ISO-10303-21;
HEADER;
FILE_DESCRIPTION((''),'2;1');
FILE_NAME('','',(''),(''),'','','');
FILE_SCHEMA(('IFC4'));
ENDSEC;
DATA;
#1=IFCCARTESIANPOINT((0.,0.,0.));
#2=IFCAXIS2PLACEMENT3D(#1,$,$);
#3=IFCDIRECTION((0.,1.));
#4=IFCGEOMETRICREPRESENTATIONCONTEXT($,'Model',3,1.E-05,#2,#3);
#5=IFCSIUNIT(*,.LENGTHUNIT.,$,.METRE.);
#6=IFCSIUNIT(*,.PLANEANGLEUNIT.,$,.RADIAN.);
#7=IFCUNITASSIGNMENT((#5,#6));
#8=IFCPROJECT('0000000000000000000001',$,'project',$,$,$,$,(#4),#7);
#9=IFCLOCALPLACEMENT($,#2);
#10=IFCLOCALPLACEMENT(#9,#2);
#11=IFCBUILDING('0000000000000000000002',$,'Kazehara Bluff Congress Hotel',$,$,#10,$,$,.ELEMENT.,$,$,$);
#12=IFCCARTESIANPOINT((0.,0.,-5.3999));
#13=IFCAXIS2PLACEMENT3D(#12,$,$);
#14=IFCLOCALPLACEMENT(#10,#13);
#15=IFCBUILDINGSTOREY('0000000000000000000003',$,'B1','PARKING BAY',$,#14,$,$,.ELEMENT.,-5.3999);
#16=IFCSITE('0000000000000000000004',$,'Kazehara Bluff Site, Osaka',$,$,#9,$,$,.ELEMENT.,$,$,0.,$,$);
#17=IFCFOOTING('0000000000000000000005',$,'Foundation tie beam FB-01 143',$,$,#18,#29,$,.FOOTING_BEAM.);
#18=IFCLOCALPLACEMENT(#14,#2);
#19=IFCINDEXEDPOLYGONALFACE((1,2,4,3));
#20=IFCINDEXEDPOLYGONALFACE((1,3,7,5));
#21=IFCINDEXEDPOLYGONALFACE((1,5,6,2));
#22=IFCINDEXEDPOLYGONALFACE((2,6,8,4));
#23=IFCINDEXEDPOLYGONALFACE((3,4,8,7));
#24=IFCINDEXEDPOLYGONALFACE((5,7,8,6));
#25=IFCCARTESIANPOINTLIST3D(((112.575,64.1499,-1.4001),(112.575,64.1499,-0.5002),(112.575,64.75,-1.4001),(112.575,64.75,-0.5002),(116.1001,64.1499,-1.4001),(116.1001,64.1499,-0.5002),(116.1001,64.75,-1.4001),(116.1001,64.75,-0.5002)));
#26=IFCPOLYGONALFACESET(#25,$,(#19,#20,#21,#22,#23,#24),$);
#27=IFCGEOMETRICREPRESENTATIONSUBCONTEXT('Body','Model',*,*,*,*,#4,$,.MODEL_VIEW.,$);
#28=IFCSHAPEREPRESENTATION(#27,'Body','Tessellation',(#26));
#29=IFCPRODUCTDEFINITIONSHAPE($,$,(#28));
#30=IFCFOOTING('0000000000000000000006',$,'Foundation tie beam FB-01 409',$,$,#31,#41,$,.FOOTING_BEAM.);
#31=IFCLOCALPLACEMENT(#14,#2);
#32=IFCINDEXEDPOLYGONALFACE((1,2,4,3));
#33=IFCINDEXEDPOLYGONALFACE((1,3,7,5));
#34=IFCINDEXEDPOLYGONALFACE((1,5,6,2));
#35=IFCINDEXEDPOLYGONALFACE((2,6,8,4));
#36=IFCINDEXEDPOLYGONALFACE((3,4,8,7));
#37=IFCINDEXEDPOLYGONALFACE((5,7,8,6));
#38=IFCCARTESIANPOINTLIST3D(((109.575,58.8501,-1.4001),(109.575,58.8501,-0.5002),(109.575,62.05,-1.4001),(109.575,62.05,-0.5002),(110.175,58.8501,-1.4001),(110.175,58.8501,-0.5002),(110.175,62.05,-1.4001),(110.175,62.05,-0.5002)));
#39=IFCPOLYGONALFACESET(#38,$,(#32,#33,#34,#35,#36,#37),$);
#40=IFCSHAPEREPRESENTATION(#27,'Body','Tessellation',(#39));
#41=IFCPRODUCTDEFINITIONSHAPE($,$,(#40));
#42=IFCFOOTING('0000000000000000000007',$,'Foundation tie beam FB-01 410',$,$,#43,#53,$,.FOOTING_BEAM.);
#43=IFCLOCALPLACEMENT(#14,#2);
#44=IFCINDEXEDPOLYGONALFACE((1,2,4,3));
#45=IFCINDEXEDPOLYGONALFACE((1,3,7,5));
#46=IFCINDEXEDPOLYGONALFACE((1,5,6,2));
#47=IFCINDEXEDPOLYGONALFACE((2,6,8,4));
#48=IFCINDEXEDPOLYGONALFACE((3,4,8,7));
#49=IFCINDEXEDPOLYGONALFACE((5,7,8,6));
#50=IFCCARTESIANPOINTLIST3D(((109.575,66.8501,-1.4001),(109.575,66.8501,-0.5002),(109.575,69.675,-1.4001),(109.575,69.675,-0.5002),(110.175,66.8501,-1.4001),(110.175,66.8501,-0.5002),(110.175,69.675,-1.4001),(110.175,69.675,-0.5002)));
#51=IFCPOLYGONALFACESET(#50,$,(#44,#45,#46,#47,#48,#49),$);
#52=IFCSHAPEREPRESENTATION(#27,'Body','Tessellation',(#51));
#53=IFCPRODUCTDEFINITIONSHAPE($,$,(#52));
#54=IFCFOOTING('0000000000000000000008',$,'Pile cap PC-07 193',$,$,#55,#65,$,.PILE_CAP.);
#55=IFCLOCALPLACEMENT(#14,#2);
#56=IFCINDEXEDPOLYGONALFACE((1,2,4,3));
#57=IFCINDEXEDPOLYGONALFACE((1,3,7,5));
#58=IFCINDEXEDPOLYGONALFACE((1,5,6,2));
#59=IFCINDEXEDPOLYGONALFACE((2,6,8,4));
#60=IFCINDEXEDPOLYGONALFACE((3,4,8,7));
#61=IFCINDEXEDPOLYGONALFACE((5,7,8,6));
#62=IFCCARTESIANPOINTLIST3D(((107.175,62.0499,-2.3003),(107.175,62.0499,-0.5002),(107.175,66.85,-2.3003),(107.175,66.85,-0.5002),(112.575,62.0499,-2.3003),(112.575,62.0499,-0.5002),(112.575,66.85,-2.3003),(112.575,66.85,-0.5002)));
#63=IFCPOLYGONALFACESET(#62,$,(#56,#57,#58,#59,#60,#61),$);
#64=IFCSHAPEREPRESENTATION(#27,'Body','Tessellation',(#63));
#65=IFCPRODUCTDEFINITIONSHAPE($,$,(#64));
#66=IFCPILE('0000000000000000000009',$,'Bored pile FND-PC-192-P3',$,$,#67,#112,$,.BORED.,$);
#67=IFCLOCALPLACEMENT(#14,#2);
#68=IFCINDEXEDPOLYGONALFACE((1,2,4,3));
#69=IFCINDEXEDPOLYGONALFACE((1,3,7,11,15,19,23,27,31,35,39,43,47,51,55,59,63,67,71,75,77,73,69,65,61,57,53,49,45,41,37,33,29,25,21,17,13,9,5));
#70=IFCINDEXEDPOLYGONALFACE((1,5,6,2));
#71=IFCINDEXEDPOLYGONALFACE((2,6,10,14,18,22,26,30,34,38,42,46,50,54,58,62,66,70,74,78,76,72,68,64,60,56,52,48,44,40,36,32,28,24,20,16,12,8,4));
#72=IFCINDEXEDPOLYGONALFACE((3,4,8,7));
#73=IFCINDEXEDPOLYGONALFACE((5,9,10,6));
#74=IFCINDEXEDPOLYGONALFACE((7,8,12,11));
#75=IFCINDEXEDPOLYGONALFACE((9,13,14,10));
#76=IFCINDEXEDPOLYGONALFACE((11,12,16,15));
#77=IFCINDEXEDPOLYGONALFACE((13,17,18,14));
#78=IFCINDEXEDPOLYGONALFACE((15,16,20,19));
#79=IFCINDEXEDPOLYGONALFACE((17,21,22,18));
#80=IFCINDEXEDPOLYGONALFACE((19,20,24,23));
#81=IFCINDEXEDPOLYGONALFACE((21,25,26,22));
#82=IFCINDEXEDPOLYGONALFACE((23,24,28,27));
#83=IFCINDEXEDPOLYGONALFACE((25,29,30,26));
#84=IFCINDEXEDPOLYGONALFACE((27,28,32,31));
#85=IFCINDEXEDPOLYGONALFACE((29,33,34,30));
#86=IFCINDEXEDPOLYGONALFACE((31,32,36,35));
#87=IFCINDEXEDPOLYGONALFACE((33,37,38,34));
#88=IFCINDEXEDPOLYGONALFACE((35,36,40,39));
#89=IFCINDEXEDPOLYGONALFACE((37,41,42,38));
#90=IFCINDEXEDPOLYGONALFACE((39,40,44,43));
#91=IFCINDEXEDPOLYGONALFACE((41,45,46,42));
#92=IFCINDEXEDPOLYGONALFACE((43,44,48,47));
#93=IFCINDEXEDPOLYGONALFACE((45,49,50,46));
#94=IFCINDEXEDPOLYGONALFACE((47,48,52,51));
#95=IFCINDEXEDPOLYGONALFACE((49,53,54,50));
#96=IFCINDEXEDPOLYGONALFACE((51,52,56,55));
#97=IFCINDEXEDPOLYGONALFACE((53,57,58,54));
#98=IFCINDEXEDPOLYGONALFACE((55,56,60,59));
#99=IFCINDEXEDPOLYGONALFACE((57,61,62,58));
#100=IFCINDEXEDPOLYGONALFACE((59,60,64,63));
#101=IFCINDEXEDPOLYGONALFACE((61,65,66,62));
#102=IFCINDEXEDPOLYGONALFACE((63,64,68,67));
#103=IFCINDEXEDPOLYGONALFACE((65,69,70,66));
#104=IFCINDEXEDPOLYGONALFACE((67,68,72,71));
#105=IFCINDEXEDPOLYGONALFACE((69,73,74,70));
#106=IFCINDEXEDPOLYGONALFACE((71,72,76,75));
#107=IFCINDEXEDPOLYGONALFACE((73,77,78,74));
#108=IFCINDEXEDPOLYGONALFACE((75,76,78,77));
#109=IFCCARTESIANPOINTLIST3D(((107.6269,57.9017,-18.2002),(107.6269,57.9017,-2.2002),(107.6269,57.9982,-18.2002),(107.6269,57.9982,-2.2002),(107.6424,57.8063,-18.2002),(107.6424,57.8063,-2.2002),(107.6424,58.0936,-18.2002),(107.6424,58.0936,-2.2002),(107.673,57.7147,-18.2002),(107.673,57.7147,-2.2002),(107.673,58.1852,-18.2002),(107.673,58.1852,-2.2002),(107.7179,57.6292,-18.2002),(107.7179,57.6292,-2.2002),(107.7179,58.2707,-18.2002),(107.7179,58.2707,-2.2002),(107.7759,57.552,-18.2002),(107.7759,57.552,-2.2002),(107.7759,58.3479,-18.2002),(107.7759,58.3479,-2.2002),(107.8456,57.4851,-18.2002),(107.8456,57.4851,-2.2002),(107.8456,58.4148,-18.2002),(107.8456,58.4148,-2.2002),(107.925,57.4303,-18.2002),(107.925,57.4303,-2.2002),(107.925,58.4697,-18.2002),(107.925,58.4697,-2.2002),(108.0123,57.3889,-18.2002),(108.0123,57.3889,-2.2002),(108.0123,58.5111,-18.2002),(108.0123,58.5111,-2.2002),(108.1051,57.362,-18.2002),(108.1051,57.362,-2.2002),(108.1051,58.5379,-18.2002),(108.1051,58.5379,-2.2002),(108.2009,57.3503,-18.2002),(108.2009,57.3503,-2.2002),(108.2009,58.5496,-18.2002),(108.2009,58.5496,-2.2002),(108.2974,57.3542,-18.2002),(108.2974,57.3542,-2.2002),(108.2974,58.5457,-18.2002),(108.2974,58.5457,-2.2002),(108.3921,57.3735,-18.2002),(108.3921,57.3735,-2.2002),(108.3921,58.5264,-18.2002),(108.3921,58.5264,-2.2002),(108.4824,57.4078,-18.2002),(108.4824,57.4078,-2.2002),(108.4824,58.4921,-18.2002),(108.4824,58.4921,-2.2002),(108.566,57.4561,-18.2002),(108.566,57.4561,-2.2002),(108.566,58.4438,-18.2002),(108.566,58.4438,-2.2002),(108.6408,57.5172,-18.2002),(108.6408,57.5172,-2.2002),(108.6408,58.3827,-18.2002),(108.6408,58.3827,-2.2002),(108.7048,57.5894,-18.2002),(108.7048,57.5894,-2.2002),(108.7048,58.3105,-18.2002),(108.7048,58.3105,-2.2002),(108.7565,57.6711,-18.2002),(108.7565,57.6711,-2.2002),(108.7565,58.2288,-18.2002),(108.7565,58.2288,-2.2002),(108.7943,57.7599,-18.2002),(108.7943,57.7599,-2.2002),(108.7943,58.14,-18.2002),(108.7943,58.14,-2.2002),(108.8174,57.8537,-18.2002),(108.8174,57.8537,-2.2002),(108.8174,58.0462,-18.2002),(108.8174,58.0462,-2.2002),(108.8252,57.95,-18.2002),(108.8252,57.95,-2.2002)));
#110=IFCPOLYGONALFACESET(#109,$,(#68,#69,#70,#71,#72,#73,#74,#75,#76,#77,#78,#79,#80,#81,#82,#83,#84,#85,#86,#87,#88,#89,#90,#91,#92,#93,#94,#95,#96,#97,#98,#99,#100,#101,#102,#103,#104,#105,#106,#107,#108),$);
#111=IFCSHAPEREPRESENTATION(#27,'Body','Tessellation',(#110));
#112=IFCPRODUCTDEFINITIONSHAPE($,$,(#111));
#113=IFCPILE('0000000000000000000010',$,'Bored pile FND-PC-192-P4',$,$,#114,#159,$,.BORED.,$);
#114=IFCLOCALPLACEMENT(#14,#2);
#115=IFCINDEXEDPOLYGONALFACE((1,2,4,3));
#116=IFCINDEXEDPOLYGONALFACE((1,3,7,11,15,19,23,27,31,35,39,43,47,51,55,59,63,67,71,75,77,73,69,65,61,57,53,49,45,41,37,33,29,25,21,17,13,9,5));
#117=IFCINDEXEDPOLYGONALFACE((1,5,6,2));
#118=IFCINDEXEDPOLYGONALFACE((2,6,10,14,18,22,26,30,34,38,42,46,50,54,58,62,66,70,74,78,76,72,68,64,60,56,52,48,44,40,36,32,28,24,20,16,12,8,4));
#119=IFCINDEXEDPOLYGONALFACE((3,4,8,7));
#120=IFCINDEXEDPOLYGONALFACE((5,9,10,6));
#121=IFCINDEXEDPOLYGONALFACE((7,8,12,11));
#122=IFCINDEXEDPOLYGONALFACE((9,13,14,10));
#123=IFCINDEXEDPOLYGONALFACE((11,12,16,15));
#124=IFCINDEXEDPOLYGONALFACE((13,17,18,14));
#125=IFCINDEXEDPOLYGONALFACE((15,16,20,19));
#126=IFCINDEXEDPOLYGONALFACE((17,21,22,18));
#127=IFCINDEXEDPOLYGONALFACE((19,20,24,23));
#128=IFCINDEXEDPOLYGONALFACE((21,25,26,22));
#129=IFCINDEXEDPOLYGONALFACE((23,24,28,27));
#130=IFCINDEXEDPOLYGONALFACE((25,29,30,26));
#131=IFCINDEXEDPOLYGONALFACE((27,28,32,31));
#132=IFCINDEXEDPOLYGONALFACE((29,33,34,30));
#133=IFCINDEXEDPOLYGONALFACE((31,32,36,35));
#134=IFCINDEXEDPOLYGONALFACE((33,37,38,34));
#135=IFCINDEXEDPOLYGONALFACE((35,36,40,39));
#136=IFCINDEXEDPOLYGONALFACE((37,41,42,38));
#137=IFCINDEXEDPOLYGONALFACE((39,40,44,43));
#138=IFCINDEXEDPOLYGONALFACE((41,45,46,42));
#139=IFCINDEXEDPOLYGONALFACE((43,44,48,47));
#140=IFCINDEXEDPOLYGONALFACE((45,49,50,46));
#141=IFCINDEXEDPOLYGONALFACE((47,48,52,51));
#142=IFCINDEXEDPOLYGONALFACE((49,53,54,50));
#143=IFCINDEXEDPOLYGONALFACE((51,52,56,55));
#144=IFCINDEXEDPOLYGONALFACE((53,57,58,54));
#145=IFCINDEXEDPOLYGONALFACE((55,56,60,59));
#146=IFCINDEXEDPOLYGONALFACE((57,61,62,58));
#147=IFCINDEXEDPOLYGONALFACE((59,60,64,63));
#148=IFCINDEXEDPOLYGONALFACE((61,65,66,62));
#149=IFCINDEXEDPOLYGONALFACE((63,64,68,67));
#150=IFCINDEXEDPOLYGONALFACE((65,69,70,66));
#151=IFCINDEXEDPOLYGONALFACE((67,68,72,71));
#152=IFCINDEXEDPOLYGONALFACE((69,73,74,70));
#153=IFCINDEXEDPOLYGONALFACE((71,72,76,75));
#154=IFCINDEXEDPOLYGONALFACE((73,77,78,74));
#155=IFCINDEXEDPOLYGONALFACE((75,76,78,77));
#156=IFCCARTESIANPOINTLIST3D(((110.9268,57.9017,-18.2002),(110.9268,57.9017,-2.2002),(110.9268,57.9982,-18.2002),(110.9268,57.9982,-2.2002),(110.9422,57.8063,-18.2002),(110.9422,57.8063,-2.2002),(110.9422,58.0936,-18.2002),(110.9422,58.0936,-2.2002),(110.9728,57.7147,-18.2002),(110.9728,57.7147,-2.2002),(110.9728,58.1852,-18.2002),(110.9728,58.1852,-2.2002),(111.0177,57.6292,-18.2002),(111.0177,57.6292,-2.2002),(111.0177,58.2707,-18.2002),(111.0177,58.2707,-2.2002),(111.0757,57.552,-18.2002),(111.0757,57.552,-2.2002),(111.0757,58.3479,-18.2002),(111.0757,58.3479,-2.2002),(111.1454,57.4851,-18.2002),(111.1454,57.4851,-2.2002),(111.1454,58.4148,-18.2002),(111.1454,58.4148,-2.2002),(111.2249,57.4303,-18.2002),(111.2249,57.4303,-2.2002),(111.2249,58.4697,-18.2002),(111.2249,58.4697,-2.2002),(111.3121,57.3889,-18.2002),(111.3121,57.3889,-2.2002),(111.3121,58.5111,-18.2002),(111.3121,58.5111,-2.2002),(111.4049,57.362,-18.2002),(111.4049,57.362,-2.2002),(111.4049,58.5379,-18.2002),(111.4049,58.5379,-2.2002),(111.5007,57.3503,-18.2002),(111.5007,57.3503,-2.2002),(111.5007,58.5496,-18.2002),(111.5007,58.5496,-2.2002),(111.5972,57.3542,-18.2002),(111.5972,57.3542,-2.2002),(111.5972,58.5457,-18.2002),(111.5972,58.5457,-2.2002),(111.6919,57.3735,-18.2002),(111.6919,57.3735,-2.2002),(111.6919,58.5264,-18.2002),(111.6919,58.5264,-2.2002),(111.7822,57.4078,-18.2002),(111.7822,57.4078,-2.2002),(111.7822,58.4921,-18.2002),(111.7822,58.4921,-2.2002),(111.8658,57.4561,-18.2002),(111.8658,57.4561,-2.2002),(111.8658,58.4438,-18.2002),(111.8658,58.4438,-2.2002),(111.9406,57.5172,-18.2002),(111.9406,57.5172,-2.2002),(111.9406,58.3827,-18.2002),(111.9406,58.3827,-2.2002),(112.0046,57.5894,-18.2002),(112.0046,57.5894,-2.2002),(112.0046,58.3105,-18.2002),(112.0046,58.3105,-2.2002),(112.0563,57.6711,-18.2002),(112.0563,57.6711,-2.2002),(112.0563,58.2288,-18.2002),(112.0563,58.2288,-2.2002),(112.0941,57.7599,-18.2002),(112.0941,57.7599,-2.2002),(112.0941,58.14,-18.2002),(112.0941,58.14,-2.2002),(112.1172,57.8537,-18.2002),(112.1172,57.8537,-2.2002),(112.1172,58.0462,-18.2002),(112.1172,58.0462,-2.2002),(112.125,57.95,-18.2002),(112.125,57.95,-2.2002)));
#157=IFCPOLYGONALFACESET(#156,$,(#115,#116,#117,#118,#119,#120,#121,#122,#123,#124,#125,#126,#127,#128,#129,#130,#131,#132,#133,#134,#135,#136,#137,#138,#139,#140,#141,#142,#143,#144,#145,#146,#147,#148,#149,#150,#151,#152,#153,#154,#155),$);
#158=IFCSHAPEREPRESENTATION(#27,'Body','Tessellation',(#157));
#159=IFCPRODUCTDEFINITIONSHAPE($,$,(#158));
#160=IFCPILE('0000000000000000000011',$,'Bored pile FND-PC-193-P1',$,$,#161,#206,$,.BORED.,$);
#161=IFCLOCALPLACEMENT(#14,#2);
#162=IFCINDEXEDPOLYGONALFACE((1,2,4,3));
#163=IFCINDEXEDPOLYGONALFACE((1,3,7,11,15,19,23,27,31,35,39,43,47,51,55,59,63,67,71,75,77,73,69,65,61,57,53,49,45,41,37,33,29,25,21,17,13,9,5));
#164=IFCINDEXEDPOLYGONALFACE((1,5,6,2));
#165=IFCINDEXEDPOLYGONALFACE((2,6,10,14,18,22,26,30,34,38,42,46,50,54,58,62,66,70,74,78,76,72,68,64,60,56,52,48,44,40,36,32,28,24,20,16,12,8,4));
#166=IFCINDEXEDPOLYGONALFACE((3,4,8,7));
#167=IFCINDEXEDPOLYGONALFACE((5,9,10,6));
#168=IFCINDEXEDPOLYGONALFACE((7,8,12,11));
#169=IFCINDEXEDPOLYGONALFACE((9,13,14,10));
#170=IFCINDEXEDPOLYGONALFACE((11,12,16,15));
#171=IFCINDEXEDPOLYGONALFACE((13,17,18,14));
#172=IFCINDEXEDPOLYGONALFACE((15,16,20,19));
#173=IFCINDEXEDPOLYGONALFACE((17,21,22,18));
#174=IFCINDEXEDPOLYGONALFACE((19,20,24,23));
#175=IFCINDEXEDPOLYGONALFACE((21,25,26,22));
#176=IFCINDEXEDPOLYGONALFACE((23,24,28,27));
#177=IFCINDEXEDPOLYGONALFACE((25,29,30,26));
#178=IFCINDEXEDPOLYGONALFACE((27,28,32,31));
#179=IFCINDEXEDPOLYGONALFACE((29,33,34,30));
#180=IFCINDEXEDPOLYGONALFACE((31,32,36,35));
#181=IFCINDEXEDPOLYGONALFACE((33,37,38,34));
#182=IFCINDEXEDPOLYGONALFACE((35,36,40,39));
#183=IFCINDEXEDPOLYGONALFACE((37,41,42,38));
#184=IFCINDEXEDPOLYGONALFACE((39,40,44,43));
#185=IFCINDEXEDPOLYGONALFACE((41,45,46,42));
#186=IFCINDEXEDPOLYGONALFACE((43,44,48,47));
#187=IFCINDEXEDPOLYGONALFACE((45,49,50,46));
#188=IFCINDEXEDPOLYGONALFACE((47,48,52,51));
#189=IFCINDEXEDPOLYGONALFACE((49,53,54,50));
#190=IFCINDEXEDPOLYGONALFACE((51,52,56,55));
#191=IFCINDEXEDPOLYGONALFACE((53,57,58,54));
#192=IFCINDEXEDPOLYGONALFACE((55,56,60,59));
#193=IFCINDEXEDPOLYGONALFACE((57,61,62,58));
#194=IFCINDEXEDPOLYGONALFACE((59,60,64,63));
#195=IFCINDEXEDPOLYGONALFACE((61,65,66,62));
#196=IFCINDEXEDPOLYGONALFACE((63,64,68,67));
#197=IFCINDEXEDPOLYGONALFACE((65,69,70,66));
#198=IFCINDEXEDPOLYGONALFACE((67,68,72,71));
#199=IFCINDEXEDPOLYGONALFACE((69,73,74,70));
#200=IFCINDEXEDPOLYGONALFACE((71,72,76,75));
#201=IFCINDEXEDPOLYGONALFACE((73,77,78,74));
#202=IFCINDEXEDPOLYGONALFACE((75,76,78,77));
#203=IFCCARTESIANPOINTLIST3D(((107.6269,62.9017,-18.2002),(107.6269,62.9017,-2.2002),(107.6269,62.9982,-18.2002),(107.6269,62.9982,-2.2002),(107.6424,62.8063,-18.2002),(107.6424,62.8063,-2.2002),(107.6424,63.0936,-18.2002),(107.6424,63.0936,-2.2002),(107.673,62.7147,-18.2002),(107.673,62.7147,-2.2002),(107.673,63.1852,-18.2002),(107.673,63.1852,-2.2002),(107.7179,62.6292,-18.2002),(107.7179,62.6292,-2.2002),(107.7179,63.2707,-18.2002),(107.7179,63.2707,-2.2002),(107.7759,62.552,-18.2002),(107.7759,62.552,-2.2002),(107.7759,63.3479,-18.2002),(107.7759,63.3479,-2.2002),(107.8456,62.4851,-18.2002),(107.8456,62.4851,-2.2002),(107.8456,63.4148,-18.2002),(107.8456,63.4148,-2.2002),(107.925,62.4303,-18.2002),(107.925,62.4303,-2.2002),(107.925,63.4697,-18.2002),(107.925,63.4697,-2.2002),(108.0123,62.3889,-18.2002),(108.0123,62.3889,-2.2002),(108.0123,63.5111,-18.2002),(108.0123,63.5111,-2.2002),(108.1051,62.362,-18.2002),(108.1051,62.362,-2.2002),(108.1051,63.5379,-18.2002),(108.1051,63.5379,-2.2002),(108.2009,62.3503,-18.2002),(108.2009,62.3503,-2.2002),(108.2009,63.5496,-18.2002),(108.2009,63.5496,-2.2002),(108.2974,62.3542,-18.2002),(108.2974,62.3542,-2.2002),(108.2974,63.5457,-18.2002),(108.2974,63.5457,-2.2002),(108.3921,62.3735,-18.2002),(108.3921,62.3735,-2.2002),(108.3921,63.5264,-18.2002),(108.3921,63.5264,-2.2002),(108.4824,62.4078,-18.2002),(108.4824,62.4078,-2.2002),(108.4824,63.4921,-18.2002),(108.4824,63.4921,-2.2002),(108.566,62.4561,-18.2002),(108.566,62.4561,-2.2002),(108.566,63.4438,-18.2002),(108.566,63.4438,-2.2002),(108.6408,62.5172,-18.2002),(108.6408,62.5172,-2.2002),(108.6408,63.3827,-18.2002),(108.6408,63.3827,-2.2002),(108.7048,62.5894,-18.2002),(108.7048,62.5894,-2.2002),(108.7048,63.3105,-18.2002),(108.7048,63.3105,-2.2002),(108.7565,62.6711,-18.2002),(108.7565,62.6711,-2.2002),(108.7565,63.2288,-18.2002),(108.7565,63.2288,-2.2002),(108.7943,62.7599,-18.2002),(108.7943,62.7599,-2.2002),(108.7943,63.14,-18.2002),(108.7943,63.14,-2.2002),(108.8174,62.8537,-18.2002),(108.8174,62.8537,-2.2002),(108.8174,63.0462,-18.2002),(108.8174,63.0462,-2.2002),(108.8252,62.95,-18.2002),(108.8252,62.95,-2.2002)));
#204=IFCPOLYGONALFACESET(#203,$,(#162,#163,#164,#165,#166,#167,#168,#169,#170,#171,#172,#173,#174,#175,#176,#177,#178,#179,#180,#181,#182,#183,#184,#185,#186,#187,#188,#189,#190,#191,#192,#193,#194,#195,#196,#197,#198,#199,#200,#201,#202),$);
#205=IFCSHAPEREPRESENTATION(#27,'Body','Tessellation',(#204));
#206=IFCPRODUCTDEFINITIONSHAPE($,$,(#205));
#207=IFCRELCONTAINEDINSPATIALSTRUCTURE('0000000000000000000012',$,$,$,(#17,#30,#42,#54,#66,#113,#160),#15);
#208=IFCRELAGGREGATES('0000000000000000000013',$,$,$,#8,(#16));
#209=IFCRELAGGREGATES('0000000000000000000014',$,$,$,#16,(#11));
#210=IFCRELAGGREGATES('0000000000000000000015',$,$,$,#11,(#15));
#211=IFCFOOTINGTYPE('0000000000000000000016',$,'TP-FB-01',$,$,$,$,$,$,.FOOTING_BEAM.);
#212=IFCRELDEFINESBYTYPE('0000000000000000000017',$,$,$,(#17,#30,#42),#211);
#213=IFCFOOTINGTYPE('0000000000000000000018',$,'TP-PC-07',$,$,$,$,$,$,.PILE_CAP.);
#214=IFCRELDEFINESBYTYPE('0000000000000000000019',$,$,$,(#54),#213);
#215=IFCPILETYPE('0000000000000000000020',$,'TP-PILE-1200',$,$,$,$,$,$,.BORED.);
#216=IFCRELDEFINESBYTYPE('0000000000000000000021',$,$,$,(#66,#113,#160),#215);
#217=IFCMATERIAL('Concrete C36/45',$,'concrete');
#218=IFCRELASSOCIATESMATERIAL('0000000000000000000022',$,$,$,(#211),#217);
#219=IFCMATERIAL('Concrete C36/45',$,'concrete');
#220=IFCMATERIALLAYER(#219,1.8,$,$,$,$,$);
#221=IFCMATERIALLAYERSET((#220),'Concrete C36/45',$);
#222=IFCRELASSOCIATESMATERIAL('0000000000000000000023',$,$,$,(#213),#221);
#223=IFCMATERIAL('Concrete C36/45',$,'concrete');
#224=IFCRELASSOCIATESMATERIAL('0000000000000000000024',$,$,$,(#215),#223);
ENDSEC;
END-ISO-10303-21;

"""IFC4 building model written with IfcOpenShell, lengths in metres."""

from ifc_helpers import new_model, si_unit, direction, frame, origin, origin_2d, place, context, subcontext, project, spatial, rectangle, circle, extrude, material, layer, layer_set, material_profile, profile_set, type_object, element, save


model = new_model("IFC4")

# Units and contexts
model_context = context("Model", 3, precision=1e-05, world=origin(), true_north=direction((0.0, 1.0)))
body_context = subcontext(model_context, "Body", "Model", "MODEL_VIEW")
ifc_project = project(units=[si_unit("LENGTHUNIT", "METRE"), si_unit("PLANEANGLEUNIT", "RADIAN")], contexts=[model_context])

# Site, building, storey
site_placement = place(None, origin())
site = spatial("IfcSite", under=ifc_project, at=site_placement, Name="Kazehara Bluff Site, Osaka", CompositionType="ELEMENT", RefElevation=0.0)
building_placement = place(site_placement, origin())
building = spatial("IfcBuilding", under=site, at=building_placement, Name="Kazehara Bluff Congress Hotel", CompositionType="ELEMENT")
storey_placement = place(building_placement, frame((0.0, 0.0, -5.3999)))
storey = spatial("IfcBuildingStorey", under=building, at=storey_placement, Name="B1", Description="PARKING BAY", CompositionType="ELEMENT", Elevation=-5.3999)

# Footings
ifc_material_1 = material(Name="Concrete C36/45", Category="concrete")
ifc_material_profile_1 = material_profile(ifc_material_1, rectangle(XDim=0.6001, YDim=0.8999, at=origin_2d()))
ifc_profile_set_1 = profile_set([ifc_material_profile_1], Name="Concrete C36/45")
footing_type_1 = type_object("IfcFootingType", Name="TP-FB-01", PredefinedType="FOOTING_BEAM", material=ifc_profile_set_1)
footing_1_placement = place(storey_placement, frame((112.575, 64.45, -0.9502), z_axis=(1.0, 0.0, 0.0), x_axis=(0.0, 1.0, 0.0)))
element("IfcFooting", 1, at=footing_1_placement, inside=storey, type_object=footing_type_1, Name="Foundation tie beam FB-01 143", PredefinedType="FOOTING_BEAM", context=body_context, shape_type="SweptSolid", body=[
    extrude(rectangle(XDim=0.6001, YDim=0.8999, at=origin_2d()), origin(), (0.0, 0.0, 1.0), 3.5251),
])
footing_2_placement = place(storey_placement, frame((109.875, 58.8501, -0.9502), z_axis=(0.0, 1.0, 0.0), x_axis=(-1.0, 0.0, 0.0)))
element("IfcFooting", 2, at=footing_2_placement, inside=storey, type_object=footing_type_1, Name="Foundation tie beam FB-01 409", PredefinedType="FOOTING_BEAM", context=body_context, shape_type="SweptSolid", body=[
    extrude(rectangle(XDim=0.6001, YDim=0.8999, at=origin_2d()), origin(), (0.0, 0.0, 1.0), 3.2),
])
footing_3_placement = place(storey_placement, frame((109.875, 66.8501, -0.9502), z_axis=(0.0, 1.0, 0.0), x_axis=(-1.0, 0.0, 0.0)))
element("IfcFooting", 3, at=footing_3_placement, inside=storey, type_object=footing_type_1, Name="Foundation tie beam FB-01 410", PredefinedType="FOOTING_BEAM", context=body_context, shape_type="SweptSolid", body=[
    extrude(rectangle(XDim=0.6001, YDim=0.8999, at=origin_2d()), origin(), (0.0, 0.0, 1.0), 2.825),
])
ifc_material_2 = material(Name="Concrete C36/45", Category="concrete")
ifc_layer = layer(ifc_material_2, 1.8)
ifc_layer_set = layer_set([ifc_layer], Name="Concrete C36/45")
footing_type_2 = type_object("IfcFootingType", Name="TP-PC-07", PredefinedType="PILE_CAP", material=ifc_layer_set)
footing_4_placement = place(storey_placement, frame((109.875, 64.45, -2.3003), z_axis=(0.0, 0.0, 1.0), x_axis=(1.0, 0.0, 0.0)))
element("IfcFooting", 4, at=footing_4_placement, inside=storey, type_object=footing_type_2, Name="Pile cap PC-07 193", PredefinedType="PILE_CAP", context=body_context, shape_type="SweptSolid", body=[
    extrude(rectangle(XDim=5.3999, YDim=4.8, at=origin_2d()), origin(), (0.0, 0.0, 1.0), 1.8),
])

# Piles
ifc_material_3 = material(Name="Concrete C36/45", Category="concrete")
ifc_material_profile_2 = material_profile(ifc_material_3, circle(Radius=0.6001, at=origin_2d()))
ifc_profile_set_2 = profile_set([ifc_material_profile_2], Name="Concrete C36/45")
pile_type_1 = type_object("IfcPileType", Name="TP-PILE-1200", PredefinedType="BORED", material=ifc_profile_set_2)
for number, where, z_axis, x_axis, name in (
    (5, (108.2251, 57.95, -2.2002), (0.0, 0.0, -1.0), (1.0, 0.0, 0.0), "Bored pile FND-PC-192-P3"),
    (6, (111.5249, 57.95, -2.2002), (0.0, 0.0, -1.0), (1.0, 0.0, 0.0), "Bored pile FND-PC-192-P4"),
    (7, (108.2251, 62.95, -2.2002), (0.0, 0.0, -1.0), (1.0, 0.0, 0.0), "Bored pile FND-PC-193-P1"),
):
    element("IfcPile", number, at=place(storey_placement, frame(where, z_axis=z_axis, x_axis=x_axis)), inside=storey, type_object=pile_type_1, Name=name, PredefinedType="BORED", context=body_context, shape_type="SweptSolid", body=[
        extrude(circle(Radius=0.6001, at=origin_2d()), origin(), (0.0, 0.0, 1.0), 16.0),
    ])

save(model, "model.ifc")
